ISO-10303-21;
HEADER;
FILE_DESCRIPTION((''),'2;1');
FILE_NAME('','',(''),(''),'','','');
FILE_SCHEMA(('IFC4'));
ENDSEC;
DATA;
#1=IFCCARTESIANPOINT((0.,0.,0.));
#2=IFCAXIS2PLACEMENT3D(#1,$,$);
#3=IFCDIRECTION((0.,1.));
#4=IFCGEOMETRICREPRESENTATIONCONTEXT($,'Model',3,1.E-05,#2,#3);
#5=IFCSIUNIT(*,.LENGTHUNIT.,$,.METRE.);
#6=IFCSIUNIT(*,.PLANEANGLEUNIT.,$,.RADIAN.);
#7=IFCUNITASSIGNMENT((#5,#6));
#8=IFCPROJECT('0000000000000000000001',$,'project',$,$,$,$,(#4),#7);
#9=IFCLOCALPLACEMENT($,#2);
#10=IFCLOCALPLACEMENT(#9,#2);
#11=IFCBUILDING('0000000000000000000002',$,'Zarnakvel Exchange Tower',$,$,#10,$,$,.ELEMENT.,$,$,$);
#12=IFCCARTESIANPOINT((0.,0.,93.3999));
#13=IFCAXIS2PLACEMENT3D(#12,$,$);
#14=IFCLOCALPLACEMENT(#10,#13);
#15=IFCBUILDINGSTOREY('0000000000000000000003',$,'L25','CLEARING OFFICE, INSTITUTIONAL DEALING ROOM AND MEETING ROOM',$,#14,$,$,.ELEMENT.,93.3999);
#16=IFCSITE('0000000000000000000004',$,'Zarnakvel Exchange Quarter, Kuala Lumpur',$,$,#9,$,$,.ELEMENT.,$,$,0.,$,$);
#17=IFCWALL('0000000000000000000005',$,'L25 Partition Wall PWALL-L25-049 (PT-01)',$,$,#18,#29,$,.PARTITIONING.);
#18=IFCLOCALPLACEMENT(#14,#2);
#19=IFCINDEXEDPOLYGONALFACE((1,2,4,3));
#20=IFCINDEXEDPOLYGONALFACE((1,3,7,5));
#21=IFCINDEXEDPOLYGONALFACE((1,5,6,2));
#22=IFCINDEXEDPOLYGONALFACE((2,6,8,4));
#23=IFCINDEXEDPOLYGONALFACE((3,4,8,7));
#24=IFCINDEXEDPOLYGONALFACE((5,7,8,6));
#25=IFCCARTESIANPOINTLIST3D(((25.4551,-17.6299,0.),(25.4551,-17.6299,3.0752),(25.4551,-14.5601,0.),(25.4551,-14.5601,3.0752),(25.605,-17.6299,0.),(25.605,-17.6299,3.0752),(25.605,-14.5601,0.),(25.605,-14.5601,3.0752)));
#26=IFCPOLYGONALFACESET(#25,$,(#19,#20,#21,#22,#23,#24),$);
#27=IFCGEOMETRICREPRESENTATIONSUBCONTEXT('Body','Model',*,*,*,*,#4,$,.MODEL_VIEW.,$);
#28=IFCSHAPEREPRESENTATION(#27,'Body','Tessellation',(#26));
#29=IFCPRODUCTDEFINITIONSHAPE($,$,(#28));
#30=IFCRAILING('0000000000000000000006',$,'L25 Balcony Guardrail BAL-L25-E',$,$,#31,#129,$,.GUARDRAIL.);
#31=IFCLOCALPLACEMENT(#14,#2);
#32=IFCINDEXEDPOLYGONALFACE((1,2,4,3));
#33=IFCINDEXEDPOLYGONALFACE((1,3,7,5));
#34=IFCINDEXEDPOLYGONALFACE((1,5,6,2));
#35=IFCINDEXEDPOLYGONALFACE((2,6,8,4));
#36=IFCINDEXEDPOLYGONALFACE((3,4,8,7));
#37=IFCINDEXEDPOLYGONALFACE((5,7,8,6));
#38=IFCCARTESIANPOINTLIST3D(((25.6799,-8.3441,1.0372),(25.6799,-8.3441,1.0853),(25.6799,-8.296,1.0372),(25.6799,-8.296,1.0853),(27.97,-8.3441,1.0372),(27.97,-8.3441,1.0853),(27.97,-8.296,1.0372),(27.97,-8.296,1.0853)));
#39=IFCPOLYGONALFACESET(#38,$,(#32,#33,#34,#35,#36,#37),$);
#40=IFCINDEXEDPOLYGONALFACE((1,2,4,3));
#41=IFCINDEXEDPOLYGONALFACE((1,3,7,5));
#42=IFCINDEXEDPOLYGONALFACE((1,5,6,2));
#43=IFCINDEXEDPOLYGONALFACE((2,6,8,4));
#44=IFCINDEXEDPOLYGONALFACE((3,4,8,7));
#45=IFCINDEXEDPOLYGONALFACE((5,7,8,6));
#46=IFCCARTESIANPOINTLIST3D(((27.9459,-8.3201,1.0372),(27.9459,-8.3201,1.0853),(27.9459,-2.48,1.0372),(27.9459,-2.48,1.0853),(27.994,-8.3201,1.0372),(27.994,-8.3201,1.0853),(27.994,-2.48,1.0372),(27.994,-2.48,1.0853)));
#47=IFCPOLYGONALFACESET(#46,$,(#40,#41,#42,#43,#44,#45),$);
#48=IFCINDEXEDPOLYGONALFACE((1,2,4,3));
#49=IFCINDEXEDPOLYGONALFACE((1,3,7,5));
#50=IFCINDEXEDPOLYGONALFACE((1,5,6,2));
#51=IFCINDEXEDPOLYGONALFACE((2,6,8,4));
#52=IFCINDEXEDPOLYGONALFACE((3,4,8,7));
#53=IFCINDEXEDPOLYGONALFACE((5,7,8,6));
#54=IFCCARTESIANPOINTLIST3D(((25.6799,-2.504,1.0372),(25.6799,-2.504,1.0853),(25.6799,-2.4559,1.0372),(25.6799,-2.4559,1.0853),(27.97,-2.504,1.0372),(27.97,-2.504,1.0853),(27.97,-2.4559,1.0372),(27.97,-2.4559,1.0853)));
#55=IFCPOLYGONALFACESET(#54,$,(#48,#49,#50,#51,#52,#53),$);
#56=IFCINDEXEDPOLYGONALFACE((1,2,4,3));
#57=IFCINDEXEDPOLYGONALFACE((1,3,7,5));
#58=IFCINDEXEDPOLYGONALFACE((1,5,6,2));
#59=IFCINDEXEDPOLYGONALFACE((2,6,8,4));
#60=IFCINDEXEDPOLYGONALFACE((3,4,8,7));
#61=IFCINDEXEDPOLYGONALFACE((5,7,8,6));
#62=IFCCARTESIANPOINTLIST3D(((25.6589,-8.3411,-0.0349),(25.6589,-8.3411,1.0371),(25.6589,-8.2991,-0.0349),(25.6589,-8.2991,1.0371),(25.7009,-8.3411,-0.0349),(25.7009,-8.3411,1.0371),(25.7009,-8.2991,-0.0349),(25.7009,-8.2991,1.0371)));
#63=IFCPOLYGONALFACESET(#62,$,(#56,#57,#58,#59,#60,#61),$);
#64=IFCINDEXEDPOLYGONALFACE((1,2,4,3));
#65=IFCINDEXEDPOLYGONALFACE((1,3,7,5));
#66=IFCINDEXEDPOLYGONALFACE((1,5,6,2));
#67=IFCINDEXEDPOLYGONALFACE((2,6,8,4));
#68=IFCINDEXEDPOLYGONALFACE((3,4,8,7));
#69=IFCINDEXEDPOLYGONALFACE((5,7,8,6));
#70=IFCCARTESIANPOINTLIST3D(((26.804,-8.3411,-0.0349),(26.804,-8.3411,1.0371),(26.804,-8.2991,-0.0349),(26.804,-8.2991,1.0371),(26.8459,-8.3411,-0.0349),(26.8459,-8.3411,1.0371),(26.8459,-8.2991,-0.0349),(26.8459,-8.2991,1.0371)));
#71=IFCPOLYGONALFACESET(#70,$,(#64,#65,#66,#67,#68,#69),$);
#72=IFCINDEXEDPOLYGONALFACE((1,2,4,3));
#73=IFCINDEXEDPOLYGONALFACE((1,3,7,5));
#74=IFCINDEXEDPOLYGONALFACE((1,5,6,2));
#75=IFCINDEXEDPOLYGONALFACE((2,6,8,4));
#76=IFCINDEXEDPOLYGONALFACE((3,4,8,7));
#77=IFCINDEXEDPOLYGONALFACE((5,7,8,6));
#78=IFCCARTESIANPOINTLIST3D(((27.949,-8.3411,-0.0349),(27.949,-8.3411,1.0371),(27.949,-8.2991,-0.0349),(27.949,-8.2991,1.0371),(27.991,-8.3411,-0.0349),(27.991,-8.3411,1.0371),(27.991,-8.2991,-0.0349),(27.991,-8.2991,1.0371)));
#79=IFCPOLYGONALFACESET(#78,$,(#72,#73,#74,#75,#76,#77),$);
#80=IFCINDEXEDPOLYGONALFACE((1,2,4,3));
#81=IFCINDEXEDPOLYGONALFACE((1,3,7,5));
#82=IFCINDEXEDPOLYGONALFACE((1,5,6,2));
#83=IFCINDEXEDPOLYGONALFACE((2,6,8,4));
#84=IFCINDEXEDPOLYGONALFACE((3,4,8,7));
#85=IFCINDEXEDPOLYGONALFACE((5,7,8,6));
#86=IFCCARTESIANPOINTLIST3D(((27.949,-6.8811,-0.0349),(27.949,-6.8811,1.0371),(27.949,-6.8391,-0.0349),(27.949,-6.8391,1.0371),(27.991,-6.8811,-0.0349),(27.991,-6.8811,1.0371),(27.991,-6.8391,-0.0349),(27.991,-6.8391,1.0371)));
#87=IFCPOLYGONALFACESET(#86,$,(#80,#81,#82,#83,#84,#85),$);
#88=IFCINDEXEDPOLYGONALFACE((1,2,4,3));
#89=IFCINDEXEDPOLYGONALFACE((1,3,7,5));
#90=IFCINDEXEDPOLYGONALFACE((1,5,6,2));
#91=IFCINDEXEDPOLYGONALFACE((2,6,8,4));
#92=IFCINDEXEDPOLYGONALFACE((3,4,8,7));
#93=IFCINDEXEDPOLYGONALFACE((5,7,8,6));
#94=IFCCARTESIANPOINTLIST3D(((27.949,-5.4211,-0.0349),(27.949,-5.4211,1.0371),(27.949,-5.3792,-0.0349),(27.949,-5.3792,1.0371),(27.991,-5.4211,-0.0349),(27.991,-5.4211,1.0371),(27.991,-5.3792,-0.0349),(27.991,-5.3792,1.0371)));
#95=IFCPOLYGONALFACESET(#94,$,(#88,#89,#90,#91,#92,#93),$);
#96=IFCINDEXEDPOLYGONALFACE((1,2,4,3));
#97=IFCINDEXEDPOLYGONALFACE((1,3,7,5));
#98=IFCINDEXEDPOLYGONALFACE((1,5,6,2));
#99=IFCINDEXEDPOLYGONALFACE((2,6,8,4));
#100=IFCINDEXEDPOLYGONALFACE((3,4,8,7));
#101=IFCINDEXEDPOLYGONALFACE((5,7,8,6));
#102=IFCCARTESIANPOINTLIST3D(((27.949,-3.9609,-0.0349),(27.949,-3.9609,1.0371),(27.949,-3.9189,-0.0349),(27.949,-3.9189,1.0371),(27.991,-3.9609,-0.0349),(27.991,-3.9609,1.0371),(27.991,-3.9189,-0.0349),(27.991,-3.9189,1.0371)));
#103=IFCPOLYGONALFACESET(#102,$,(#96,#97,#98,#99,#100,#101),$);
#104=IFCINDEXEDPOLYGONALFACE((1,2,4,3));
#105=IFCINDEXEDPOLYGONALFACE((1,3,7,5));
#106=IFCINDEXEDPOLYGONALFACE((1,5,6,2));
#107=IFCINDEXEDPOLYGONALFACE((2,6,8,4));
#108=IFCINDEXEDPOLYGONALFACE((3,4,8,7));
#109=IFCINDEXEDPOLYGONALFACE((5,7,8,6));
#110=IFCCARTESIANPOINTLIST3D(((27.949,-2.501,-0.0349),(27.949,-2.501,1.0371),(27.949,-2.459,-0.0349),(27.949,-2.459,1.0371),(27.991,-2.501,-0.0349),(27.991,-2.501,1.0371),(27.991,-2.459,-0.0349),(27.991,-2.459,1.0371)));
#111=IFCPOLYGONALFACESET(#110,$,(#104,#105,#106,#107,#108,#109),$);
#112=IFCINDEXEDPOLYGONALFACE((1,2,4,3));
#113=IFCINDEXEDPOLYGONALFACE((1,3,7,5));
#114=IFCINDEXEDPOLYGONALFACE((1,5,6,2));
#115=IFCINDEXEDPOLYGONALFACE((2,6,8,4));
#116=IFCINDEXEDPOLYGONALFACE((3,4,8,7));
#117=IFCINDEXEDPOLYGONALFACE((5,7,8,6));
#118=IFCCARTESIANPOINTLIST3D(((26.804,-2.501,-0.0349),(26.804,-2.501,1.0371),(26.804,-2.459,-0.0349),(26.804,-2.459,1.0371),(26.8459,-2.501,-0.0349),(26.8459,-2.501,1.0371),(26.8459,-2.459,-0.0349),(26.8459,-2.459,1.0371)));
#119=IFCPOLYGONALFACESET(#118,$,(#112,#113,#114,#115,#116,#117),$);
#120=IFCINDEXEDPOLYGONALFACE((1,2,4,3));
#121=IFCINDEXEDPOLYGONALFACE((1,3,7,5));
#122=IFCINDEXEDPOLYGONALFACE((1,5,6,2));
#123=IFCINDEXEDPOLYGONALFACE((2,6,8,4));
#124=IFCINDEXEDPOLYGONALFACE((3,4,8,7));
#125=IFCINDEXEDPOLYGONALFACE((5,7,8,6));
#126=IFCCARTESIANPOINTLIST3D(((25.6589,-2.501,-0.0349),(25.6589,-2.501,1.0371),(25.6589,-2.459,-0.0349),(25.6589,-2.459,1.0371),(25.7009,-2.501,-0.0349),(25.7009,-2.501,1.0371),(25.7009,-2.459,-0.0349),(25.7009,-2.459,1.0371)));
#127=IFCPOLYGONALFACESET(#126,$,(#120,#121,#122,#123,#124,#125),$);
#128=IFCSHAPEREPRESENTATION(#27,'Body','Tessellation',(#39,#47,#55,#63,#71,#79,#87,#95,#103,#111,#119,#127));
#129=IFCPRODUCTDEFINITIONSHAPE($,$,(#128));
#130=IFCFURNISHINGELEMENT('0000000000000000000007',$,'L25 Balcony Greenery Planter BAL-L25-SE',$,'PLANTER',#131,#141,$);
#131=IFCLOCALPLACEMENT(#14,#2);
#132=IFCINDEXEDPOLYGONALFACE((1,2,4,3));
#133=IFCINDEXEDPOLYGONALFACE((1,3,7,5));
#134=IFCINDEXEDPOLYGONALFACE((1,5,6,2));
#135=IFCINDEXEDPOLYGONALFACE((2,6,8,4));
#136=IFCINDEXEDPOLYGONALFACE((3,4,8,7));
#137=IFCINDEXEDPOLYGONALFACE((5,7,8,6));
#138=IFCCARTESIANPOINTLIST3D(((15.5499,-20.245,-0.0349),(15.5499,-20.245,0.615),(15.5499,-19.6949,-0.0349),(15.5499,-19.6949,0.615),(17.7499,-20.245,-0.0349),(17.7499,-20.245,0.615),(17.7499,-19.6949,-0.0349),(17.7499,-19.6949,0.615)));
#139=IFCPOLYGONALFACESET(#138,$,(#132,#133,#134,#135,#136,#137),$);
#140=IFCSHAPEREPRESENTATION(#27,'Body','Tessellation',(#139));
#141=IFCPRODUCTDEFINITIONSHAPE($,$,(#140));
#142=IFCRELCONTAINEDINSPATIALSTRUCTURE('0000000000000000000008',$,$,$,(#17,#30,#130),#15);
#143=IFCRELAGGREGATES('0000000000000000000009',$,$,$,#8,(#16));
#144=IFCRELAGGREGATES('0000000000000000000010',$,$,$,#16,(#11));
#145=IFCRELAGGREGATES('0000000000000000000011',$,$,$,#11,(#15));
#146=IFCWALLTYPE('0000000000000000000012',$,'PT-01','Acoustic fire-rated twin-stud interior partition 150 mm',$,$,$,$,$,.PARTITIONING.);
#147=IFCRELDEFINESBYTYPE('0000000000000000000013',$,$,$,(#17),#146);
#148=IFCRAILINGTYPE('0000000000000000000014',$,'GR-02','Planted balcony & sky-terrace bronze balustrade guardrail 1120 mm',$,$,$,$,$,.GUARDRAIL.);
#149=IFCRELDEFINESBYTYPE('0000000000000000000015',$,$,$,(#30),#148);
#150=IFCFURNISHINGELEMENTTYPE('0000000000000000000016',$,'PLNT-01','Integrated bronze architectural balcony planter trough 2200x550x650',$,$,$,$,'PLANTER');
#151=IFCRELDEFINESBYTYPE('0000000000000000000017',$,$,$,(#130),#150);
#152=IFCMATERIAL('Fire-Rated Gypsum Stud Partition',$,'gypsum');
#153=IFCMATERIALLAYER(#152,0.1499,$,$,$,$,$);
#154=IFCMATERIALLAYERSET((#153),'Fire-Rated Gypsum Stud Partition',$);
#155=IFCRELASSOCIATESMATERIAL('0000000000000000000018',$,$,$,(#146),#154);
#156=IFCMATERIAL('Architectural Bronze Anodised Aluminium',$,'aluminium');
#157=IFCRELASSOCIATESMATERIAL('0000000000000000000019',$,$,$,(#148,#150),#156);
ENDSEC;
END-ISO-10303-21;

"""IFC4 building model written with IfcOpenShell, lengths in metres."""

from ifc_helpers import new_model, si_unit, direction, frame, frame_2d, origin, origin_2d, place, context, subcontext, project, spatial, rectangle, extrude, source, transform, mapped, material, layer, layer_set, type_object, element, save


model = new_model("IFC4")

# Units and contexts
model_context = context("Model", 3, precision=1e-05, world=origin(), true_north=direction((0.0, 1.0)))
body_context = subcontext(model_context, "Body", "Model", "MODEL_VIEW")
ifc_project = project(units=[si_unit("LENGTHUNIT", "METRE"), si_unit("PLANEANGLEUNIT", "RADIAN")], contexts=[model_context])

# Site, building, storey
site_placement = place(None, origin())
site = spatial("IfcSite", under=ifc_project, at=site_placement, Name="Zarnakvel Exchange Quarter, Kuala Lumpur", CompositionType="ELEMENT", RefElevation=0.0)
building_placement = place(site_placement, origin())
building = spatial("IfcBuilding", under=site, at=building_placement, Name="Zarnakvel Exchange Tower", CompositionType="ELEMENT")
storey_placement = place(building_placement, frame((0.0, 0.0, 93.3999)))
storey = spatial("IfcBuildingStorey", under=building, at=storey_placement, Name="L25", Description="CLEARING OFFICE, INSTITUTIONAL DEALING ROOM AND MEETING ROOM", CompositionType="ELEMENT", Elevation=93.3999)

# Shared definitions
ifc_material_1 = material(Name="Architectural Bronze Anodised Aluminium", Category="aluminium")

# Shared definitions
ifc_material_2 = material(Name="Fire-Rated Gypsum Stud Partition", Category="gypsum")
ifc_layer_1 = layer(ifc_material_2, 0.1499)
ifc_layer_set_1 = layer_set([ifc_layer_1], Name="Fire-Rated Gypsum Stud Partition")
wall_type_1 = type_object("IfcWallType", Name="PT-01", Description="Acoustic fire-rated twin-stud interior partition 150 mm", PredefinedType="PARTITIONING", material=ifc_layer_set_1)

# Wall
wall_1_placement = place(storey_placement, frame((25.53, -14.5601, 0.0), z_axis=(0.0, 0.0, 1.0), x_axis=(0.0, -1.0, 0.0)))
element("IfcWall", 1, at=wall_1_placement, inside=storey, type_object=wall_type_1, Name="L25 Partition Wall PWALL-L25-049 (PT-01)", PredefinedType="PARTITIONING", context=body_context, shape_type="SweptSolid", body=[
    extrude(rectangle(XDim=3.0698, YDim=0.1499, at=frame_2d((1.5349, 0.0))), origin(), (0.0, 0.0, 1.0), 3.0752),
])

# Railing
railing_type = type_object("IfcRailingType", Name="GR-02", Description="Planted balcony & sky-terrace bronze balustrade guardrail 1120 mm", PredefinedType="GUARDRAIL", material=ifc_material_1)
railing_placement = place(storey_placement, frame((25.6799, -8.3201, -0.0349)))
element("IfcRailing", 2, at=railing_placement, inside=storey, type_object=railing_type, Name="L25 Balcony Guardrail BAL-L25-E", PredefinedType="GUARDRAIL", context=body_context, shape_type="SweptSolid", body=[
    extrude(rectangle(XDim=0.0481, YDim=0.0481, at=origin_2d()), frame((0.0, 0.0, 1.0962), z_axis=(1.0, 0.0, 0.0), x_axis=(0.0, 1.0, 0.0)), (0.0, 0.0, 1.0), 2.29),
    extrude(rectangle(XDim=0.0481, YDim=0.0481, at=origin_2d()), frame((2.29, 0.0, 1.0962), z_axis=(0.0, 1.0, 0.0), x_axis=(-1.0, 0.0, 0.0)), (0.0, 0.0, 1.0), 5.8401),
    extrude(rectangle(XDim=0.0481, YDim=0.0481, at=origin_2d()), frame((2.29, 5.8401, 1.0962), z_axis=(-1.0, 0.0, 0.0), x_axis=(0.0, -1.0, 0.0)), (0.0, 0.0, 1.0), 2.29),
    extrude(rectangle(XDim=0.042, YDim=0.042, at=origin_2d()), origin(), (0.0, 0.0, 1.0), 1.072),
    extrude(rectangle(XDim=0.042, YDim=0.042, at=origin_2d()), frame((1.145, 0.0, 0.0)), (0.0, 0.0, 1.0), 1.072),
    extrude(rectangle(XDim=0.042, YDim=0.042, at=origin_2d()), frame((2.29, 0.0, 0.0)), (0.0, 0.0, 1.0), 1.072),
    extrude(rectangle(XDim=0.042, YDim=0.042, at=origin_2d()), frame((2.29, 1.46, 0.0)), (0.0, 0.0, 1.0), 1.072),
    extrude(rectangle(XDim=0.042, YDim=0.042, at=origin_2d()), frame((2.29, 2.9199, 0.0)), (0.0, 0.0, 1.0), 1.072),
    extrude(rectangle(XDim=0.042, YDim=0.042, at=origin_2d()), frame((2.29, 4.3801, 0.0)), (0.0, 0.0, 1.0), 1.072),
    extrude(rectangle(XDim=0.042, YDim=0.042, at=origin_2d()), frame((2.29, 5.8401, 0.0)), (0.0, 0.0, 1.0), 1.072),
    extrude(rectangle(XDim=0.042, YDim=0.042, at=origin_2d()), frame((1.145, 5.8401, 0.0)), (0.0, 0.0, 1.0), 1.072),
    extrude(rectangle(XDim=0.042, YDim=0.042, at=origin_2d()), frame((0.0, 5.8401, 0.0)), (0.0, 0.0, 1.0), 1.072),
])

# Furnishing element
furnishing_element_type = type_object("IfcFurnishingElementType", Name="PLNT-01", Description="Integrated bronze architectural balcony planter trough 2200x550x650", ElementType="PLANTER", material=ifc_material_1)
shared_shape_1 = source(origin(), body_context, "Body", "SweptSolid", [
    extrude(rectangle(XDim=2.2, YDim=0.55, at=origin_2d()), origin(), (0.0, 0.0, 1.0), 0.6499),
])
furnishing_placement = place(storey_placement, frame((16.6499, -19.97, -0.0349), z_axis=(0.0, 0.0, 1.0), x_axis=(1.0, 0.0, 0.0)))
element("IfcFurnishingElement", 3, at=furnishing_placement, inside=storey, type_object=furnishing_element_type, Name="L25 Balcony Greenery Planter BAL-L25-SE", ObjectType="PLANTER", context=body_context, shape_type="MappedRepresentation", body=[
    mapped(shared_shape_1, transform((0.0, 0.0, 0.0), x_axis=(1.0, 0.0, 0.0), y_axis=(0.0, 1.0, 0.0), z_axis=(0.0, 0.0, 1.0), scale=1.0)),
])

save(model, "model.ifc")
